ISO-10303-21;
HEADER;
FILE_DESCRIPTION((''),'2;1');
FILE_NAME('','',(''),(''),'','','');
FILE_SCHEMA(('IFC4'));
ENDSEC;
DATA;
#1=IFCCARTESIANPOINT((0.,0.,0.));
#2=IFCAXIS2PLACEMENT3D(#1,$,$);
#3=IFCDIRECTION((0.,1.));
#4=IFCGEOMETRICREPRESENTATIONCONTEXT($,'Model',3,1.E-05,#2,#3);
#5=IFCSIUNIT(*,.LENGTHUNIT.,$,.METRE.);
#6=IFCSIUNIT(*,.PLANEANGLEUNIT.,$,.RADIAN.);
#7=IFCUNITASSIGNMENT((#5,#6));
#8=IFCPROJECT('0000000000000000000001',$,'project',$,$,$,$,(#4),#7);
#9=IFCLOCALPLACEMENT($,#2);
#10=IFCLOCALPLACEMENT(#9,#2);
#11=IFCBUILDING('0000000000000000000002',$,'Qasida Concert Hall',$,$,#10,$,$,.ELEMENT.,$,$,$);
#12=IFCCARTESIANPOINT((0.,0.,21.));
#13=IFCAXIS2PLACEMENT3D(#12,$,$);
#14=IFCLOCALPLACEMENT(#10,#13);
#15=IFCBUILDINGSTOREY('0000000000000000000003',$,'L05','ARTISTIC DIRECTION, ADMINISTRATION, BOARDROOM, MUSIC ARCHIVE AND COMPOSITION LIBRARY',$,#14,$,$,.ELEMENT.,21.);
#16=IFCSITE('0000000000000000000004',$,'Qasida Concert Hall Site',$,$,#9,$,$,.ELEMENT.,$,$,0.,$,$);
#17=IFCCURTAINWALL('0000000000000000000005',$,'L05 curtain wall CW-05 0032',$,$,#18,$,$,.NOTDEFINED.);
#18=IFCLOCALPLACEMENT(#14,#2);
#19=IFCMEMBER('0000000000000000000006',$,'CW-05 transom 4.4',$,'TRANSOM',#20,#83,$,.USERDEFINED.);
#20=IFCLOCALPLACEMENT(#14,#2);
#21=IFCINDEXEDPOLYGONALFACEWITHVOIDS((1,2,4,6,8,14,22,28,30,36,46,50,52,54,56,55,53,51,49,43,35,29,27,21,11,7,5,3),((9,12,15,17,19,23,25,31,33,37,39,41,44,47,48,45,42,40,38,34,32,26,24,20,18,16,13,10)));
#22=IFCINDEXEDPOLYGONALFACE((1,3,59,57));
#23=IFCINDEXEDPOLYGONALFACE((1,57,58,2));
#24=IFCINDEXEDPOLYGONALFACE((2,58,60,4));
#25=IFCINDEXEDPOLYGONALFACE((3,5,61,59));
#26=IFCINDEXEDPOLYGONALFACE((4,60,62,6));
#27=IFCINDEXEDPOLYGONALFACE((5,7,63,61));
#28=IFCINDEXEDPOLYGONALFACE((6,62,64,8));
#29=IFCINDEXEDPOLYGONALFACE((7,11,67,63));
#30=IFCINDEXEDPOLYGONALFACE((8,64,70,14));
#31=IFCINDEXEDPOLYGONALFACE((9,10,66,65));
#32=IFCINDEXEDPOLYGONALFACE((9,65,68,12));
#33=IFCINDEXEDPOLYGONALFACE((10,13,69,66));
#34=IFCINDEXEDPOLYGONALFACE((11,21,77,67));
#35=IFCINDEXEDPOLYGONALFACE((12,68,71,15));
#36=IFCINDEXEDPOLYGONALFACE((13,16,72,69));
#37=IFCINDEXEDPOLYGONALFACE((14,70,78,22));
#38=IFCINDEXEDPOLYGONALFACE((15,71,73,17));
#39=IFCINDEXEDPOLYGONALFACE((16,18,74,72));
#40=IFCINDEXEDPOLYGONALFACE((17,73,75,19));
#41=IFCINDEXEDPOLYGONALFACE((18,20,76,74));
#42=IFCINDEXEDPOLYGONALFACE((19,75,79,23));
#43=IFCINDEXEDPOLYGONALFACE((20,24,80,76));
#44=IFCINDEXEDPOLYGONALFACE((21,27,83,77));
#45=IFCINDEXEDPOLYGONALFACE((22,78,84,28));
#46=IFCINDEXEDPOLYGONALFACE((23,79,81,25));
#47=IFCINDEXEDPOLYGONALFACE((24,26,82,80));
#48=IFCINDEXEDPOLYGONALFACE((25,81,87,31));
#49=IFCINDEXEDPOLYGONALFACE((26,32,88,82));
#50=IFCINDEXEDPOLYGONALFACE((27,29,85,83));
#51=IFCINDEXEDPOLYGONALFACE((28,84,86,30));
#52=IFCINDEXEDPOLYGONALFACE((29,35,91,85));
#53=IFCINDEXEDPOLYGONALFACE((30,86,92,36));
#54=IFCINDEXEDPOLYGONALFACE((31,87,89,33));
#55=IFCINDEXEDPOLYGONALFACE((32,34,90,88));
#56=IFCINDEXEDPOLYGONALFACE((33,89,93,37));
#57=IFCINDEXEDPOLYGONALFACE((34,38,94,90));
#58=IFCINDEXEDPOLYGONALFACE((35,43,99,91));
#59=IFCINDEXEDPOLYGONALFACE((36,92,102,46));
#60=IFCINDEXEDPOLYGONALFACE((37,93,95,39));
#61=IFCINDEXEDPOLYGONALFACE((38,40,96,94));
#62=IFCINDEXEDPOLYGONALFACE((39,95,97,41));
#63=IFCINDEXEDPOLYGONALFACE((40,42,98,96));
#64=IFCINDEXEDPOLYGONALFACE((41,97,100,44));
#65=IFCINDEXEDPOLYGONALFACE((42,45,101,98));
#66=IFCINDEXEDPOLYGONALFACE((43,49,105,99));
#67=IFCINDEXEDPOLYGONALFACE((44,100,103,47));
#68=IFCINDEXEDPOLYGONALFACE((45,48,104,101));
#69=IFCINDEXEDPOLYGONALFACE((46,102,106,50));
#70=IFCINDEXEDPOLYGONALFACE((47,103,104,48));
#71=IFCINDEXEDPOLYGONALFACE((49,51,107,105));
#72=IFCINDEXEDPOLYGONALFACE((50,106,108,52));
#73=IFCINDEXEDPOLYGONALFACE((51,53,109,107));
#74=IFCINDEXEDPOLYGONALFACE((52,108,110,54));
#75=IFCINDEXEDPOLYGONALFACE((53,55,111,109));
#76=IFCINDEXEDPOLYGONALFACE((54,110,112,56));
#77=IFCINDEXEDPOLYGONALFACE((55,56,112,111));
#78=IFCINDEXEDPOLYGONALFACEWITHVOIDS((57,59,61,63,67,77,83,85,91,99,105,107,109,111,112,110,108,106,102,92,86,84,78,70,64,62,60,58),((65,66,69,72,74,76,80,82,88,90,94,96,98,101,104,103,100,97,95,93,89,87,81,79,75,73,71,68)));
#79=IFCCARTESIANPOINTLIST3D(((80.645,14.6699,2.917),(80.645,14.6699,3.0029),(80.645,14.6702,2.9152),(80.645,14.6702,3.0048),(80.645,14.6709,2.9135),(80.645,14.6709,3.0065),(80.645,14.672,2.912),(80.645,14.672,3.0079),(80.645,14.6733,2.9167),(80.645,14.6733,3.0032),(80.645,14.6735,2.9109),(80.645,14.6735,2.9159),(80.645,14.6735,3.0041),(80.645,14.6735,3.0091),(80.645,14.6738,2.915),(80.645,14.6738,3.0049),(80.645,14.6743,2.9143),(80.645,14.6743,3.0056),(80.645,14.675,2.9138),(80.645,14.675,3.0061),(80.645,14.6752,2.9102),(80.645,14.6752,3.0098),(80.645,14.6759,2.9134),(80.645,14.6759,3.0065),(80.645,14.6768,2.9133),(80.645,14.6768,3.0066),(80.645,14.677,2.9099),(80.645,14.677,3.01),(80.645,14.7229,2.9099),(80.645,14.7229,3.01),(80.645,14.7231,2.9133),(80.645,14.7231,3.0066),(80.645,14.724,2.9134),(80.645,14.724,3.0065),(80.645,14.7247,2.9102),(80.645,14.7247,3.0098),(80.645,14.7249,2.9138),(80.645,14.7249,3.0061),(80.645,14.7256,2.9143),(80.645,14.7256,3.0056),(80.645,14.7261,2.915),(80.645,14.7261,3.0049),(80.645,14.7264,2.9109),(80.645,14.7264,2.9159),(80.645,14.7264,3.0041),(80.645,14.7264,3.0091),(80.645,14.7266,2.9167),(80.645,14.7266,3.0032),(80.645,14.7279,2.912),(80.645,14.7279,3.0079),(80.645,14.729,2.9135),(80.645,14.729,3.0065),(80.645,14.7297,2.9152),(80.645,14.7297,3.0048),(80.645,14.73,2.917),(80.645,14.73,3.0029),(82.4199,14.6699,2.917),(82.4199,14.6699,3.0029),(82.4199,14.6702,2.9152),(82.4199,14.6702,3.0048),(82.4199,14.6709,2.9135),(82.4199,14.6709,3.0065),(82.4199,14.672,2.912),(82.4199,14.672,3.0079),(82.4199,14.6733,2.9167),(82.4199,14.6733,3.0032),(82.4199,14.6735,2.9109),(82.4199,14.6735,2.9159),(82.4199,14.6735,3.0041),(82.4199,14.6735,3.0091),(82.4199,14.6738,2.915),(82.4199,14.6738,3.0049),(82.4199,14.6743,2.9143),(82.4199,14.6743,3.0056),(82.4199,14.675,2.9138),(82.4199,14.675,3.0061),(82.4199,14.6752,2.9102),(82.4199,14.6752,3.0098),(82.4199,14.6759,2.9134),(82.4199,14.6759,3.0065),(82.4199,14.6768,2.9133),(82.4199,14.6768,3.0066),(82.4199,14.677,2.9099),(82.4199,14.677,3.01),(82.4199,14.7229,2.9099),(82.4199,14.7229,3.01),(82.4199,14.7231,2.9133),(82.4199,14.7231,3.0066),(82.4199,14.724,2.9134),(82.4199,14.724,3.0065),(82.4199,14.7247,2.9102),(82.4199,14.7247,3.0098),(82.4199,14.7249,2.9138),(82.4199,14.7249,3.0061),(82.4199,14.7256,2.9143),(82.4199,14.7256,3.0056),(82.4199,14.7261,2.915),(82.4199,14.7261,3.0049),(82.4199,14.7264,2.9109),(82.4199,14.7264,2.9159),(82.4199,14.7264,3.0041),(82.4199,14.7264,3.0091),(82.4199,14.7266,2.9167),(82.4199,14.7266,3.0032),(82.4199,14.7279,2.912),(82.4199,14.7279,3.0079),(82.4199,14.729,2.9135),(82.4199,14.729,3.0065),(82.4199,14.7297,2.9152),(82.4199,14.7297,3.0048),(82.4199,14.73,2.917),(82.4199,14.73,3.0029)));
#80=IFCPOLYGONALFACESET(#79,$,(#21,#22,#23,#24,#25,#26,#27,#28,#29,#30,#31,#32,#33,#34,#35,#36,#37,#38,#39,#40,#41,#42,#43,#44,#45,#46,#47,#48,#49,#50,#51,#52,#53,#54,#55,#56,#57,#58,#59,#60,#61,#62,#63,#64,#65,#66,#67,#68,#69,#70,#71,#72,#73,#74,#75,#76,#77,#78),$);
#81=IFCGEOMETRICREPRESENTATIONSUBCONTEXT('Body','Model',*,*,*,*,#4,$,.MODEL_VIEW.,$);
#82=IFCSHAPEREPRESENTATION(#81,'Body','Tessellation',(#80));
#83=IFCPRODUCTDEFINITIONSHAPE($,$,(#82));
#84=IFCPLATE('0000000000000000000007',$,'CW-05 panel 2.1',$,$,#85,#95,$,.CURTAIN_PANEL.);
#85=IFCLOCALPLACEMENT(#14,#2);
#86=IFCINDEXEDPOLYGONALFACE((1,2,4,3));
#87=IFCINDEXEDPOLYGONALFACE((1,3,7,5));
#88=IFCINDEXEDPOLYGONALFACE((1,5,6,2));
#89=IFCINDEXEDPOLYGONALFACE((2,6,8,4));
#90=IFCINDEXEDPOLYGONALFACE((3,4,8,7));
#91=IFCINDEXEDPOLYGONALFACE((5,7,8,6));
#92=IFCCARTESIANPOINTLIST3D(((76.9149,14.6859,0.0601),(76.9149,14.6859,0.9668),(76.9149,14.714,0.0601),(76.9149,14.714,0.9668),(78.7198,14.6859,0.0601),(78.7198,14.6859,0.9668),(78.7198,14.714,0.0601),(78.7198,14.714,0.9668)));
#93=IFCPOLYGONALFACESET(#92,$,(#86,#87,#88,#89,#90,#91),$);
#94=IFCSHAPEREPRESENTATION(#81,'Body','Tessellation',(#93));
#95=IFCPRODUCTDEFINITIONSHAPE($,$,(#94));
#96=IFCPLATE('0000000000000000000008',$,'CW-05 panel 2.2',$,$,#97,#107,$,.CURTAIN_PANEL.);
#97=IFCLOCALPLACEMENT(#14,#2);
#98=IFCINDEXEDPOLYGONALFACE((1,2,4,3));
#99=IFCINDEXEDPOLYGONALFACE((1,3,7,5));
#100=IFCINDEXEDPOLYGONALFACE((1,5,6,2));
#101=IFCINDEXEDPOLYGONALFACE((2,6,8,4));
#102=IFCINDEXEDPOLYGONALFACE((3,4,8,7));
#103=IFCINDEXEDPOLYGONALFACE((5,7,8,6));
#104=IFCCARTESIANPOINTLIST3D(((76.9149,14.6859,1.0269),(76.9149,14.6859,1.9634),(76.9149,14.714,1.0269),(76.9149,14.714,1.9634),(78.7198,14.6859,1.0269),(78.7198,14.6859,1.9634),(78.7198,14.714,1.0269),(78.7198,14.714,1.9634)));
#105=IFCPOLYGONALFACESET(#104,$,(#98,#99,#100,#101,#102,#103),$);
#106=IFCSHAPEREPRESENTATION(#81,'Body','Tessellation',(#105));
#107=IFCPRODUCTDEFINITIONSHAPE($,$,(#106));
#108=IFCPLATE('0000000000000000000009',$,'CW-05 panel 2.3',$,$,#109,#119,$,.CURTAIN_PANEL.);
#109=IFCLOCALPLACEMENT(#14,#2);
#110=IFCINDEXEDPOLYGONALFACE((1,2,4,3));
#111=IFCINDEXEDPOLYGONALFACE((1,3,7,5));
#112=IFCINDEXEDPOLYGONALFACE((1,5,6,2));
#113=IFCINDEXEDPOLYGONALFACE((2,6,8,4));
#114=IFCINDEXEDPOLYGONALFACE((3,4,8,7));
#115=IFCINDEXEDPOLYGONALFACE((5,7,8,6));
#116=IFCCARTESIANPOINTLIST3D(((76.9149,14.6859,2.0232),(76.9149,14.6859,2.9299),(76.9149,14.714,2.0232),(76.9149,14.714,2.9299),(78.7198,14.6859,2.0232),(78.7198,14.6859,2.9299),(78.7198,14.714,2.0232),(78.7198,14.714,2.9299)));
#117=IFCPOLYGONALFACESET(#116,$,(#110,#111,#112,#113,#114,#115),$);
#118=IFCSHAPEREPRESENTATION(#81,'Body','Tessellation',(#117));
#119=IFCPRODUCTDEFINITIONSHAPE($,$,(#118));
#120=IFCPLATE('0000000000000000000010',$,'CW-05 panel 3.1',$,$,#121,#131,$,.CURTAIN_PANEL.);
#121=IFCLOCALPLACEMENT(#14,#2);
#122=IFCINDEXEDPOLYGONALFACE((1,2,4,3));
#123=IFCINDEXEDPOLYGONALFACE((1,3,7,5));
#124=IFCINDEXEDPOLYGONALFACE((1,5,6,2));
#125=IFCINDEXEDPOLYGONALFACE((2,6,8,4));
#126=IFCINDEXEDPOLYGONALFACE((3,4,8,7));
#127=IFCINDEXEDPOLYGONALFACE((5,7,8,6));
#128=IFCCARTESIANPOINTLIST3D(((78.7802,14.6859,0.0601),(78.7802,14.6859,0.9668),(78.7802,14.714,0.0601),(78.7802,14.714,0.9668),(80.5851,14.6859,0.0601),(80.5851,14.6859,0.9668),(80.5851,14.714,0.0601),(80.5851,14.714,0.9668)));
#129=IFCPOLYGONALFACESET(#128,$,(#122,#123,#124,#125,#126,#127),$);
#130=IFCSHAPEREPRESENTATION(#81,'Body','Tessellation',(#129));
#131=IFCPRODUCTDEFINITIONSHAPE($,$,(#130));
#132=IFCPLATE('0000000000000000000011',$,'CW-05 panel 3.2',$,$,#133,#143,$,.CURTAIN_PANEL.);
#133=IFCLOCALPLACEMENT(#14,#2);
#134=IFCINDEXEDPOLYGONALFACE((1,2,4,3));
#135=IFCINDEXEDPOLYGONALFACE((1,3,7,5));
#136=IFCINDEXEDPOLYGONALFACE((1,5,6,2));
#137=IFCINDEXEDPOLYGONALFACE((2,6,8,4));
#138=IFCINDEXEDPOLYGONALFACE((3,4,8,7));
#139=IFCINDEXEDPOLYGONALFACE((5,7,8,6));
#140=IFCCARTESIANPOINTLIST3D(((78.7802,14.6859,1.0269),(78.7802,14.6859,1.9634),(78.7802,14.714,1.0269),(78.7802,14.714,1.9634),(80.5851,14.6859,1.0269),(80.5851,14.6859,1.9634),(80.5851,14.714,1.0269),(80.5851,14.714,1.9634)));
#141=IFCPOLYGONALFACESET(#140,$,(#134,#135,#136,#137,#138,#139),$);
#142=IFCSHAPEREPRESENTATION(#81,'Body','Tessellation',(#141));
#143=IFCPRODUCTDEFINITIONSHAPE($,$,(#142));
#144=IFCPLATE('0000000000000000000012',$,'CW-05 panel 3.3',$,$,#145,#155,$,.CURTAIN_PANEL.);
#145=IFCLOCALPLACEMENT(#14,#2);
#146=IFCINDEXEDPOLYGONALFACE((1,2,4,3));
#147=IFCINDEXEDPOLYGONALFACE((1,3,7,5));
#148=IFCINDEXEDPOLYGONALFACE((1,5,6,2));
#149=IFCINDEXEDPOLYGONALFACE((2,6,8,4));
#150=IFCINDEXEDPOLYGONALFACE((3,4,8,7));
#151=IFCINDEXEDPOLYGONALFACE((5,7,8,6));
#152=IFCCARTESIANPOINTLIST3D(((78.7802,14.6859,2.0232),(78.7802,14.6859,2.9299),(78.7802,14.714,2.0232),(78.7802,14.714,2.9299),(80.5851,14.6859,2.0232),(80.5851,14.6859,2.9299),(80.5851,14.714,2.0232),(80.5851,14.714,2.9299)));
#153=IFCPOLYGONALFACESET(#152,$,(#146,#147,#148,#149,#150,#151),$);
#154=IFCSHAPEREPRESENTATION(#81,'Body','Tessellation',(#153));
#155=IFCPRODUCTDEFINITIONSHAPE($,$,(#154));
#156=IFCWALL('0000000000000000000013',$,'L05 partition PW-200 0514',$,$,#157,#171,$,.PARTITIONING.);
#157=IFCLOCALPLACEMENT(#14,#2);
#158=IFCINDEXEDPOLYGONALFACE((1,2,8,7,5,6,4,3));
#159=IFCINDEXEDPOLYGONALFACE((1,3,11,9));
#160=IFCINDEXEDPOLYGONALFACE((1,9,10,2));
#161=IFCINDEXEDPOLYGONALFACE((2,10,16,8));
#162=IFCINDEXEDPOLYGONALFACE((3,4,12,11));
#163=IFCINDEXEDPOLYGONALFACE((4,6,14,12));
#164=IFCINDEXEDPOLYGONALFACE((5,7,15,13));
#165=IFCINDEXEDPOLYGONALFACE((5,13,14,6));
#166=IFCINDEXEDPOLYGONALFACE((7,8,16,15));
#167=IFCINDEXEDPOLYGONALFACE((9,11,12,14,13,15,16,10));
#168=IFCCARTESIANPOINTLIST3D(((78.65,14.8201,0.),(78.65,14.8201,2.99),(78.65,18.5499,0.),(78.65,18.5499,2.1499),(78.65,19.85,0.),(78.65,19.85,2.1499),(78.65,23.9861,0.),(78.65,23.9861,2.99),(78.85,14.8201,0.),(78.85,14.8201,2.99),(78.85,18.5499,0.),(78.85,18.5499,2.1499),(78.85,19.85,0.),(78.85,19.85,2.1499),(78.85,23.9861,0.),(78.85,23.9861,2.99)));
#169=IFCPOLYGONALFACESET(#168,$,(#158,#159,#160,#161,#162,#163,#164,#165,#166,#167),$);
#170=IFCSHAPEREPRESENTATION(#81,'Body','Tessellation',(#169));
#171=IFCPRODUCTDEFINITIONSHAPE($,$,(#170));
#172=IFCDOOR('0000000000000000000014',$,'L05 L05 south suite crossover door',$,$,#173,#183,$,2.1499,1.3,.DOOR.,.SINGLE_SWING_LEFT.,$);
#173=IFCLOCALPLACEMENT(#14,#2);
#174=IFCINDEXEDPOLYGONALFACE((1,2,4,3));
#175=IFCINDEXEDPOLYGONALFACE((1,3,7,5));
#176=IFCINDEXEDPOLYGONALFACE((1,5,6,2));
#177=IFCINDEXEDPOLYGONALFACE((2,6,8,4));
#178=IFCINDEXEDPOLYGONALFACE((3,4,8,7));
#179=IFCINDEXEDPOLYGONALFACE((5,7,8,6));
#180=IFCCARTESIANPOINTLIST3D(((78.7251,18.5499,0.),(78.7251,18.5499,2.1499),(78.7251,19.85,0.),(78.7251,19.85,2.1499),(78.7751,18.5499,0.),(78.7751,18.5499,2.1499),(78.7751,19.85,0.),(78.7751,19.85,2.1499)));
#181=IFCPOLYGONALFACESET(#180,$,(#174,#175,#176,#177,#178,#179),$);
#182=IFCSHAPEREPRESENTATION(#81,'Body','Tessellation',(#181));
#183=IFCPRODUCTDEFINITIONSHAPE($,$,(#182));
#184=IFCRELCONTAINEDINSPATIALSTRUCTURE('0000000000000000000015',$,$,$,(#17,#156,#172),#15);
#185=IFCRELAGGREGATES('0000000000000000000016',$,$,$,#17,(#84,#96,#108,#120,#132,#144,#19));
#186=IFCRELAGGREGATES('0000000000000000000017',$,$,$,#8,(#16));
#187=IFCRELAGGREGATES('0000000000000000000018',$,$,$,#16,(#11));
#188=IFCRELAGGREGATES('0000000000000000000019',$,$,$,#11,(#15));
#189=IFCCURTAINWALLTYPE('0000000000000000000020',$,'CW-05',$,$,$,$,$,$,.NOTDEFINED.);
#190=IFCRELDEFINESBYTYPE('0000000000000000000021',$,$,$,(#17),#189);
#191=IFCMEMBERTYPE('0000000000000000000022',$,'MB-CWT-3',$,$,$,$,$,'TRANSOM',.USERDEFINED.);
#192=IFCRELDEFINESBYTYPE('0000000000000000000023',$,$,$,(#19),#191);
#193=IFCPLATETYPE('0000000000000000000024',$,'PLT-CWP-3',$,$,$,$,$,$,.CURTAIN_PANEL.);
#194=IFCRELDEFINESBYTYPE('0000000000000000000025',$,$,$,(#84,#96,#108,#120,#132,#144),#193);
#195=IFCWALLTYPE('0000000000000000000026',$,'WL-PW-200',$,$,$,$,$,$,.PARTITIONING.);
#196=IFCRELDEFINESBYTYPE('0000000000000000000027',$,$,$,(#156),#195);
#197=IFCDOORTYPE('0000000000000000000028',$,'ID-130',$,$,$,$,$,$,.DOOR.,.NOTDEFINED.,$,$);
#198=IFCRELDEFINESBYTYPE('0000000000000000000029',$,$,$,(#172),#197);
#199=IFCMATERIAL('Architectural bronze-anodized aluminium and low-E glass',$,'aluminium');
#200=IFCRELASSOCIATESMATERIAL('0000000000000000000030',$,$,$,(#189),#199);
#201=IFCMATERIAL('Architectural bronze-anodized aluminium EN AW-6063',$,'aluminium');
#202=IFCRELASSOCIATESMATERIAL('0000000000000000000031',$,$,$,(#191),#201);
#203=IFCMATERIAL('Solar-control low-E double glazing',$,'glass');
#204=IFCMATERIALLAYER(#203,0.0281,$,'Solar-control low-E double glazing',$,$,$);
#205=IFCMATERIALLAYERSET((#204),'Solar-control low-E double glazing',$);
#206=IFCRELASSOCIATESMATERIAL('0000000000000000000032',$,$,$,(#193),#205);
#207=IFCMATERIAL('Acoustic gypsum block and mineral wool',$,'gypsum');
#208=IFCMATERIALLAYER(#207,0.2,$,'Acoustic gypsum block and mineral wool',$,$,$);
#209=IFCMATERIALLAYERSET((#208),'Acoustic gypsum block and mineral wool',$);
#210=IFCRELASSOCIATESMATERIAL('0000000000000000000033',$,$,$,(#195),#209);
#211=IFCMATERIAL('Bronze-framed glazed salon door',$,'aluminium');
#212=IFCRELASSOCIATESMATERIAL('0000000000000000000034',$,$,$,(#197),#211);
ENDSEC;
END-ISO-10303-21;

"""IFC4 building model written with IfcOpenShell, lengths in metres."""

from ifc_helpers import new_model, si_unit, direction, frame, frame_2d, origin, origin_2d, place, context, subcontext, project, spatial, rectangle, hollow_rectangle, extrude, material, layer, layer_set, material_profile, profile_set, type_object, element, fill, aggregate, save


model = new_model("IFC4")

# Units and contexts
model_context = context("Model", 3, precision=1e-05, world=origin(), true_north=direction((0.0, 1.0)))
body_context = subcontext(model_context, "Body", "Model", "MODEL_VIEW")
ifc_project = project(units=[si_unit("LENGTHUNIT", "METRE"), si_unit("PLANEANGLEUNIT", "RADIAN")], contexts=[model_context])

# Site, building, storey
site_placement = place(None, origin())
site = spatial("IfcSite", under=ifc_project, at=site_placement, Name="Qasida Concert Hall Site", CompositionType="ELEMENT", RefElevation=0.0)
building_placement = place(site_placement, origin())
building = spatial("IfcBuilding", under=site, at=building_placement, Name="Qasida Concert Hall", CompositionType="ELEMENT")
storey_placement = place(building_placement, frame((0.0, 0.0, 21.0)))
storey = spatial("IfcBuildingStorey", under=building, at=storey_placement, Name="L05", Description="ARTISTIC DIRECTION, ADMINISTRATION, BOARDROOM, MUSIC ARCHIVE AND COMPOSITION LIBRARY", CompositionType="ELEMENT", Elevation=21.0)

# Curtain wall, member, plates
ifc_material_1 = material(Name="Architectural bronze-anodized aluminium and low-E glass", Category="aluminium")
curtain_wall_type = type_object("IfcCurtainWallType", Name="CW-05", PredefinedType="NOTDEFINED", material=ifc_material_1)
curtain_wall_placement = place(storey_placement, origin())
curtain_wall = element("IfcCurtainWall", 1, at=curtain_wall_placement, inside=storey, type_object=curtain_wall_type, Name="L05 curtain wall CW-05 0032", PredefinedType="NOTDEFINED")
ifc_material_2 = material(Name="Architectural bronze-anodized aluminium EN AW-6063", Category="aluminium")
ifc_material_profile_1 = material_profile(ifc_material_2, hollow_rectangle(XDim=0.0601, YDim=0.1001, WallThickness=0.0034, InnerFilletRadius=0.0034, OuterFilletRadius=0.0071, at=origin_2d()), Name="CWT 100x60x3.5")
ifc_profile_set_1 = profile_set([ifc_material_profile_1], Name="Architectural bronze-anodized aluminium EN AW-6063")
member_type_1 = type_object("IfcMemberType", Name="MB-CWT-3", ElementType="TRANSOM", PredefinedType="USERDEFINED", material=ifc_profile_set_1)
member_1_placement = place(storey_placement, frame((80.645, 14.7, 2.96), z_axis=(1.0, 0.0, 0.0), x_axis=(0.0, 1.0, 0.0)))
member_1 = element("IfcMember", 2, at=member_1_placement, type_object=member_type_1, Name="CW-05 transom 4.4", ObjectType="TRANSOM", PredefinedType="USERDEFINED", context=body_context, shape_type="SweptSolid", body=[
    extrude(hollow_rectangle(XDim=0.0601, YDim=0.1001, WallThickness=0.0034, InnerFilletRadius=0.0034, OuterFilletRadius=0.0071, at=origin_2d()), origin(), (0.0, 0.0, 1.0), 1.7749),
])
ifc_material_3 = material(Name="Solar-control low-E double glazing", Category="glass")
ifc_layer_1 = layer(ifc_material_3, 0.0281, Name="Solar-control low-E double glazing")
ifc_layer_set_1 = layer_set([ifc_layer_1], Name="Solar-control low-E double glazing")
plate_type = type_object("IfcPlateType", Name="PLT-CWP-3", PredefinedType="CURTAIN_PANEL", material=ifc_layer_set_1)
plate_1_placement = place(storey_placement, frame((77.8174, 14.7, 0.0601), z_axis=(0.0, 0.0, 1.0), x_axis=(1.0, 0.0, 0.0)))
plate_1 = element("IfcPlate", 3, at=plate_1_placement, type_object=plate_type, Name="CW-05 panel 2.1", PredefinedType="CURTAIN_PANEL", context=body_context, shape_type="SweptSolid", body=[
    extrude(rectangle(XDim=1.8049, YDim=0.0281, at=origin_2d()), origin(), (0.0, 0.0, 1.0), 0.9067),
])
plate_2_placement = place(storey_placement, frame((77.8174, 14.7, 1.0269), z_axis=(0.0, 0.0, 1.0), x_axis=(1.0, 0.0, 0.0)))
plate_2 = element("IfcPlate", 4, at=plate_2_placement, type_object=plate_type, Name="CW-05 panel 2.2", PredefinedType="CURTAIN_PANEL", context=body_context, shape_type="SweptSolid", body=[
    extrude(rectangle(XDim=1.8049, YDim=0.0281, at=origin_2d()), origin(), (0.0, 0.0, 1.0), 0.9365),
])
plate_3_placement = place(storey_placement, frame((77.8174, 14.7, 2.0232), z_axis=(0.0, 0.0, 1.0), x_axis=(1.0, 0.0, 0.0)))
plate_3 = element("IfcPlate", 5, at=plate_3_placement, type_object=plate_type, Name="CW-05 panel 2.3", PredefinedType="CURTAIN_PANEL", context=body_context, shape_type="SweptSolid", body=[
    extrude(rectangle(XDim=1.8049, YDim=0.0281, at=origin_2d()), origin(), (0.0, 0.0, 1.0), 0.9067),
])
plate_4_placement = place(storey_placement, frame((79.6826, 14.7, 0.0601), z_axis=(0.0, 0.0, 1.0), x_axis=(1.0, 0.0, 0.0)))
plate_4 = element("IfcPlate", 6, at=plate_4_placement, type_object=plate_type, Name="CW-05 panel 3.1", PredefinedType="CURTAIN_PANEL", context=body_context, shape_type="SweptSolid", body=[
    extrude(rectangle(XDim=1.8049, YDim=0.0281, at=origin_2d()), origin(), (0.0, 0.0, 1.0), 0.9067),
])
plate_5_placement = place(storey_placement, frame((79.6826, 14.7, 1.0269), z_axis=(0.0, 0.0, 1.0), x_axis=(1.0, 0.0, 0.0)))
plate_5 = element("IfcPlate", 7, at=plate_5_placement, type_object=plate_type, Name="CW-05 panel 3.2", PredefinedType="CURTAIN_PANEL", context=body_context, shape_type="SweptSolid", body=[
    extrude(rectangle(XDim=1.8049, YDim=0.0281, at=origin_2d()), origin(), (0.0, 0.0, 1.0), 0.9365),
])
plate_6_placement = place(storey_placement, frame((79.6826, 14.7, 2.0232), z_axis=(0.0, 0.0, 1.0), x_axis=(1.0, 0.0, 0.0)))
plate_6 = element("IfcPlate", 8, at=plate_6_placement, type_object=plate_type, Name="CW-05 panel 3.3", PredefinedType="CURTAIN_PANEL", context=body_context, shape_type="SweptSolid", body=[
    extrude(rectangle(XDim=1.8049, YDim=0.0281, at=origin_2d()), origin(), (0.0, 0.0, 1.0), 0.9067),
])
aggregate(curtain_wall, [plate_1, plate_2, plate_3, plate_4, plate_5, plate_6, member_1])

# Wall, opening, door
ifc_material_4 = material(Name="Acoustic gypsum block and mineral wool", Category="gypsum")
ifc_layer_2 = layer(ifc_material_4, 0.2, Name="Acoustic gypsum block and mineral wool")
ifc_layer_set_2 = layer_set([ifc_layer_2], Name="Acoustic gypsum block and mineral wool")
wall_type = type_object("IfcWallType", Name="WL-PW-200", PredefinedType="PARTITIONING", material=ifc_layer_set_2)
wall_placement = place(storey_placement, frame((78.75, 14.8201, 0.0), z_axis=(0.0, 0.0, 1.0), x_axis=(0.0, 1.0, 0.0)))
wall = element("IfcWall", 9, at=wall_placement, inside=storey, type_object=wall_type, Name="L05 partition PW-200 0514", PredefinedType="PARTITIONING", context=body_context, shape_type="SweptSolid", body=[
    extrude(rectangle(XDim=9.166, YDim=0.2, at=frame_2d((4.583, 0.0))), origin(), (0.0, 0.0, 1.0), 2.99),
])
opening_placement = place(wall_placement, frame((3.73, 0.0, 0.0)))
opening = element("IfcOpeningElement", 10, at=opening_placement, cuts=wall, PredefinedType="OPENING", context=body_context, shape_type="SweptSolid", body=[
    extrude(rectangle(XDim=1.3, YDim=2.1499, at=frame_2d((0.6499, 1.075))), frame((0.0, 0.1099, 0.0), z_axis=(0.0, -1.0, 0.0), x_axis=(1.0, 0.0, 0.0)), (0.0, 0.0, 1.0), 0.22),
])
ifc_material_5 = material(Name="Bronze-framed glazed salon door", Category="aluminium")
door_type = type_object("IfcDoorType", Name="ID-130", OperationType="NOTDEFINED", PredefinedType="DOOR", material=ifc_material_5)
door_placement = place(opening_placement, origin())
door = element("IfcDoor", 11, at=door_placement, inside=storey, type_object=door_type, Name="L05 L05 south suite crossover door", OperationType="SINGLE_SWING_LEFT", OverallHeight=2.1499, OverallWidth=1.3, PredefinedType="DOOR", context=body_context, shape_type="SweptSolid", body=[
    extrude(rectangle(XDim=1.3, YDim=2.1499, at=frame_2d((0.6499, 1.075))), frame((0.0, 0.0249, 0.0), z_axis=(0.0, -1.0, 0.0), x_axis=(1.0, 0.0, 0.0)), (0.0, 0.0, 1.0), 0.05),
])
fill(opening, door)

save(model, "model.ifc")
